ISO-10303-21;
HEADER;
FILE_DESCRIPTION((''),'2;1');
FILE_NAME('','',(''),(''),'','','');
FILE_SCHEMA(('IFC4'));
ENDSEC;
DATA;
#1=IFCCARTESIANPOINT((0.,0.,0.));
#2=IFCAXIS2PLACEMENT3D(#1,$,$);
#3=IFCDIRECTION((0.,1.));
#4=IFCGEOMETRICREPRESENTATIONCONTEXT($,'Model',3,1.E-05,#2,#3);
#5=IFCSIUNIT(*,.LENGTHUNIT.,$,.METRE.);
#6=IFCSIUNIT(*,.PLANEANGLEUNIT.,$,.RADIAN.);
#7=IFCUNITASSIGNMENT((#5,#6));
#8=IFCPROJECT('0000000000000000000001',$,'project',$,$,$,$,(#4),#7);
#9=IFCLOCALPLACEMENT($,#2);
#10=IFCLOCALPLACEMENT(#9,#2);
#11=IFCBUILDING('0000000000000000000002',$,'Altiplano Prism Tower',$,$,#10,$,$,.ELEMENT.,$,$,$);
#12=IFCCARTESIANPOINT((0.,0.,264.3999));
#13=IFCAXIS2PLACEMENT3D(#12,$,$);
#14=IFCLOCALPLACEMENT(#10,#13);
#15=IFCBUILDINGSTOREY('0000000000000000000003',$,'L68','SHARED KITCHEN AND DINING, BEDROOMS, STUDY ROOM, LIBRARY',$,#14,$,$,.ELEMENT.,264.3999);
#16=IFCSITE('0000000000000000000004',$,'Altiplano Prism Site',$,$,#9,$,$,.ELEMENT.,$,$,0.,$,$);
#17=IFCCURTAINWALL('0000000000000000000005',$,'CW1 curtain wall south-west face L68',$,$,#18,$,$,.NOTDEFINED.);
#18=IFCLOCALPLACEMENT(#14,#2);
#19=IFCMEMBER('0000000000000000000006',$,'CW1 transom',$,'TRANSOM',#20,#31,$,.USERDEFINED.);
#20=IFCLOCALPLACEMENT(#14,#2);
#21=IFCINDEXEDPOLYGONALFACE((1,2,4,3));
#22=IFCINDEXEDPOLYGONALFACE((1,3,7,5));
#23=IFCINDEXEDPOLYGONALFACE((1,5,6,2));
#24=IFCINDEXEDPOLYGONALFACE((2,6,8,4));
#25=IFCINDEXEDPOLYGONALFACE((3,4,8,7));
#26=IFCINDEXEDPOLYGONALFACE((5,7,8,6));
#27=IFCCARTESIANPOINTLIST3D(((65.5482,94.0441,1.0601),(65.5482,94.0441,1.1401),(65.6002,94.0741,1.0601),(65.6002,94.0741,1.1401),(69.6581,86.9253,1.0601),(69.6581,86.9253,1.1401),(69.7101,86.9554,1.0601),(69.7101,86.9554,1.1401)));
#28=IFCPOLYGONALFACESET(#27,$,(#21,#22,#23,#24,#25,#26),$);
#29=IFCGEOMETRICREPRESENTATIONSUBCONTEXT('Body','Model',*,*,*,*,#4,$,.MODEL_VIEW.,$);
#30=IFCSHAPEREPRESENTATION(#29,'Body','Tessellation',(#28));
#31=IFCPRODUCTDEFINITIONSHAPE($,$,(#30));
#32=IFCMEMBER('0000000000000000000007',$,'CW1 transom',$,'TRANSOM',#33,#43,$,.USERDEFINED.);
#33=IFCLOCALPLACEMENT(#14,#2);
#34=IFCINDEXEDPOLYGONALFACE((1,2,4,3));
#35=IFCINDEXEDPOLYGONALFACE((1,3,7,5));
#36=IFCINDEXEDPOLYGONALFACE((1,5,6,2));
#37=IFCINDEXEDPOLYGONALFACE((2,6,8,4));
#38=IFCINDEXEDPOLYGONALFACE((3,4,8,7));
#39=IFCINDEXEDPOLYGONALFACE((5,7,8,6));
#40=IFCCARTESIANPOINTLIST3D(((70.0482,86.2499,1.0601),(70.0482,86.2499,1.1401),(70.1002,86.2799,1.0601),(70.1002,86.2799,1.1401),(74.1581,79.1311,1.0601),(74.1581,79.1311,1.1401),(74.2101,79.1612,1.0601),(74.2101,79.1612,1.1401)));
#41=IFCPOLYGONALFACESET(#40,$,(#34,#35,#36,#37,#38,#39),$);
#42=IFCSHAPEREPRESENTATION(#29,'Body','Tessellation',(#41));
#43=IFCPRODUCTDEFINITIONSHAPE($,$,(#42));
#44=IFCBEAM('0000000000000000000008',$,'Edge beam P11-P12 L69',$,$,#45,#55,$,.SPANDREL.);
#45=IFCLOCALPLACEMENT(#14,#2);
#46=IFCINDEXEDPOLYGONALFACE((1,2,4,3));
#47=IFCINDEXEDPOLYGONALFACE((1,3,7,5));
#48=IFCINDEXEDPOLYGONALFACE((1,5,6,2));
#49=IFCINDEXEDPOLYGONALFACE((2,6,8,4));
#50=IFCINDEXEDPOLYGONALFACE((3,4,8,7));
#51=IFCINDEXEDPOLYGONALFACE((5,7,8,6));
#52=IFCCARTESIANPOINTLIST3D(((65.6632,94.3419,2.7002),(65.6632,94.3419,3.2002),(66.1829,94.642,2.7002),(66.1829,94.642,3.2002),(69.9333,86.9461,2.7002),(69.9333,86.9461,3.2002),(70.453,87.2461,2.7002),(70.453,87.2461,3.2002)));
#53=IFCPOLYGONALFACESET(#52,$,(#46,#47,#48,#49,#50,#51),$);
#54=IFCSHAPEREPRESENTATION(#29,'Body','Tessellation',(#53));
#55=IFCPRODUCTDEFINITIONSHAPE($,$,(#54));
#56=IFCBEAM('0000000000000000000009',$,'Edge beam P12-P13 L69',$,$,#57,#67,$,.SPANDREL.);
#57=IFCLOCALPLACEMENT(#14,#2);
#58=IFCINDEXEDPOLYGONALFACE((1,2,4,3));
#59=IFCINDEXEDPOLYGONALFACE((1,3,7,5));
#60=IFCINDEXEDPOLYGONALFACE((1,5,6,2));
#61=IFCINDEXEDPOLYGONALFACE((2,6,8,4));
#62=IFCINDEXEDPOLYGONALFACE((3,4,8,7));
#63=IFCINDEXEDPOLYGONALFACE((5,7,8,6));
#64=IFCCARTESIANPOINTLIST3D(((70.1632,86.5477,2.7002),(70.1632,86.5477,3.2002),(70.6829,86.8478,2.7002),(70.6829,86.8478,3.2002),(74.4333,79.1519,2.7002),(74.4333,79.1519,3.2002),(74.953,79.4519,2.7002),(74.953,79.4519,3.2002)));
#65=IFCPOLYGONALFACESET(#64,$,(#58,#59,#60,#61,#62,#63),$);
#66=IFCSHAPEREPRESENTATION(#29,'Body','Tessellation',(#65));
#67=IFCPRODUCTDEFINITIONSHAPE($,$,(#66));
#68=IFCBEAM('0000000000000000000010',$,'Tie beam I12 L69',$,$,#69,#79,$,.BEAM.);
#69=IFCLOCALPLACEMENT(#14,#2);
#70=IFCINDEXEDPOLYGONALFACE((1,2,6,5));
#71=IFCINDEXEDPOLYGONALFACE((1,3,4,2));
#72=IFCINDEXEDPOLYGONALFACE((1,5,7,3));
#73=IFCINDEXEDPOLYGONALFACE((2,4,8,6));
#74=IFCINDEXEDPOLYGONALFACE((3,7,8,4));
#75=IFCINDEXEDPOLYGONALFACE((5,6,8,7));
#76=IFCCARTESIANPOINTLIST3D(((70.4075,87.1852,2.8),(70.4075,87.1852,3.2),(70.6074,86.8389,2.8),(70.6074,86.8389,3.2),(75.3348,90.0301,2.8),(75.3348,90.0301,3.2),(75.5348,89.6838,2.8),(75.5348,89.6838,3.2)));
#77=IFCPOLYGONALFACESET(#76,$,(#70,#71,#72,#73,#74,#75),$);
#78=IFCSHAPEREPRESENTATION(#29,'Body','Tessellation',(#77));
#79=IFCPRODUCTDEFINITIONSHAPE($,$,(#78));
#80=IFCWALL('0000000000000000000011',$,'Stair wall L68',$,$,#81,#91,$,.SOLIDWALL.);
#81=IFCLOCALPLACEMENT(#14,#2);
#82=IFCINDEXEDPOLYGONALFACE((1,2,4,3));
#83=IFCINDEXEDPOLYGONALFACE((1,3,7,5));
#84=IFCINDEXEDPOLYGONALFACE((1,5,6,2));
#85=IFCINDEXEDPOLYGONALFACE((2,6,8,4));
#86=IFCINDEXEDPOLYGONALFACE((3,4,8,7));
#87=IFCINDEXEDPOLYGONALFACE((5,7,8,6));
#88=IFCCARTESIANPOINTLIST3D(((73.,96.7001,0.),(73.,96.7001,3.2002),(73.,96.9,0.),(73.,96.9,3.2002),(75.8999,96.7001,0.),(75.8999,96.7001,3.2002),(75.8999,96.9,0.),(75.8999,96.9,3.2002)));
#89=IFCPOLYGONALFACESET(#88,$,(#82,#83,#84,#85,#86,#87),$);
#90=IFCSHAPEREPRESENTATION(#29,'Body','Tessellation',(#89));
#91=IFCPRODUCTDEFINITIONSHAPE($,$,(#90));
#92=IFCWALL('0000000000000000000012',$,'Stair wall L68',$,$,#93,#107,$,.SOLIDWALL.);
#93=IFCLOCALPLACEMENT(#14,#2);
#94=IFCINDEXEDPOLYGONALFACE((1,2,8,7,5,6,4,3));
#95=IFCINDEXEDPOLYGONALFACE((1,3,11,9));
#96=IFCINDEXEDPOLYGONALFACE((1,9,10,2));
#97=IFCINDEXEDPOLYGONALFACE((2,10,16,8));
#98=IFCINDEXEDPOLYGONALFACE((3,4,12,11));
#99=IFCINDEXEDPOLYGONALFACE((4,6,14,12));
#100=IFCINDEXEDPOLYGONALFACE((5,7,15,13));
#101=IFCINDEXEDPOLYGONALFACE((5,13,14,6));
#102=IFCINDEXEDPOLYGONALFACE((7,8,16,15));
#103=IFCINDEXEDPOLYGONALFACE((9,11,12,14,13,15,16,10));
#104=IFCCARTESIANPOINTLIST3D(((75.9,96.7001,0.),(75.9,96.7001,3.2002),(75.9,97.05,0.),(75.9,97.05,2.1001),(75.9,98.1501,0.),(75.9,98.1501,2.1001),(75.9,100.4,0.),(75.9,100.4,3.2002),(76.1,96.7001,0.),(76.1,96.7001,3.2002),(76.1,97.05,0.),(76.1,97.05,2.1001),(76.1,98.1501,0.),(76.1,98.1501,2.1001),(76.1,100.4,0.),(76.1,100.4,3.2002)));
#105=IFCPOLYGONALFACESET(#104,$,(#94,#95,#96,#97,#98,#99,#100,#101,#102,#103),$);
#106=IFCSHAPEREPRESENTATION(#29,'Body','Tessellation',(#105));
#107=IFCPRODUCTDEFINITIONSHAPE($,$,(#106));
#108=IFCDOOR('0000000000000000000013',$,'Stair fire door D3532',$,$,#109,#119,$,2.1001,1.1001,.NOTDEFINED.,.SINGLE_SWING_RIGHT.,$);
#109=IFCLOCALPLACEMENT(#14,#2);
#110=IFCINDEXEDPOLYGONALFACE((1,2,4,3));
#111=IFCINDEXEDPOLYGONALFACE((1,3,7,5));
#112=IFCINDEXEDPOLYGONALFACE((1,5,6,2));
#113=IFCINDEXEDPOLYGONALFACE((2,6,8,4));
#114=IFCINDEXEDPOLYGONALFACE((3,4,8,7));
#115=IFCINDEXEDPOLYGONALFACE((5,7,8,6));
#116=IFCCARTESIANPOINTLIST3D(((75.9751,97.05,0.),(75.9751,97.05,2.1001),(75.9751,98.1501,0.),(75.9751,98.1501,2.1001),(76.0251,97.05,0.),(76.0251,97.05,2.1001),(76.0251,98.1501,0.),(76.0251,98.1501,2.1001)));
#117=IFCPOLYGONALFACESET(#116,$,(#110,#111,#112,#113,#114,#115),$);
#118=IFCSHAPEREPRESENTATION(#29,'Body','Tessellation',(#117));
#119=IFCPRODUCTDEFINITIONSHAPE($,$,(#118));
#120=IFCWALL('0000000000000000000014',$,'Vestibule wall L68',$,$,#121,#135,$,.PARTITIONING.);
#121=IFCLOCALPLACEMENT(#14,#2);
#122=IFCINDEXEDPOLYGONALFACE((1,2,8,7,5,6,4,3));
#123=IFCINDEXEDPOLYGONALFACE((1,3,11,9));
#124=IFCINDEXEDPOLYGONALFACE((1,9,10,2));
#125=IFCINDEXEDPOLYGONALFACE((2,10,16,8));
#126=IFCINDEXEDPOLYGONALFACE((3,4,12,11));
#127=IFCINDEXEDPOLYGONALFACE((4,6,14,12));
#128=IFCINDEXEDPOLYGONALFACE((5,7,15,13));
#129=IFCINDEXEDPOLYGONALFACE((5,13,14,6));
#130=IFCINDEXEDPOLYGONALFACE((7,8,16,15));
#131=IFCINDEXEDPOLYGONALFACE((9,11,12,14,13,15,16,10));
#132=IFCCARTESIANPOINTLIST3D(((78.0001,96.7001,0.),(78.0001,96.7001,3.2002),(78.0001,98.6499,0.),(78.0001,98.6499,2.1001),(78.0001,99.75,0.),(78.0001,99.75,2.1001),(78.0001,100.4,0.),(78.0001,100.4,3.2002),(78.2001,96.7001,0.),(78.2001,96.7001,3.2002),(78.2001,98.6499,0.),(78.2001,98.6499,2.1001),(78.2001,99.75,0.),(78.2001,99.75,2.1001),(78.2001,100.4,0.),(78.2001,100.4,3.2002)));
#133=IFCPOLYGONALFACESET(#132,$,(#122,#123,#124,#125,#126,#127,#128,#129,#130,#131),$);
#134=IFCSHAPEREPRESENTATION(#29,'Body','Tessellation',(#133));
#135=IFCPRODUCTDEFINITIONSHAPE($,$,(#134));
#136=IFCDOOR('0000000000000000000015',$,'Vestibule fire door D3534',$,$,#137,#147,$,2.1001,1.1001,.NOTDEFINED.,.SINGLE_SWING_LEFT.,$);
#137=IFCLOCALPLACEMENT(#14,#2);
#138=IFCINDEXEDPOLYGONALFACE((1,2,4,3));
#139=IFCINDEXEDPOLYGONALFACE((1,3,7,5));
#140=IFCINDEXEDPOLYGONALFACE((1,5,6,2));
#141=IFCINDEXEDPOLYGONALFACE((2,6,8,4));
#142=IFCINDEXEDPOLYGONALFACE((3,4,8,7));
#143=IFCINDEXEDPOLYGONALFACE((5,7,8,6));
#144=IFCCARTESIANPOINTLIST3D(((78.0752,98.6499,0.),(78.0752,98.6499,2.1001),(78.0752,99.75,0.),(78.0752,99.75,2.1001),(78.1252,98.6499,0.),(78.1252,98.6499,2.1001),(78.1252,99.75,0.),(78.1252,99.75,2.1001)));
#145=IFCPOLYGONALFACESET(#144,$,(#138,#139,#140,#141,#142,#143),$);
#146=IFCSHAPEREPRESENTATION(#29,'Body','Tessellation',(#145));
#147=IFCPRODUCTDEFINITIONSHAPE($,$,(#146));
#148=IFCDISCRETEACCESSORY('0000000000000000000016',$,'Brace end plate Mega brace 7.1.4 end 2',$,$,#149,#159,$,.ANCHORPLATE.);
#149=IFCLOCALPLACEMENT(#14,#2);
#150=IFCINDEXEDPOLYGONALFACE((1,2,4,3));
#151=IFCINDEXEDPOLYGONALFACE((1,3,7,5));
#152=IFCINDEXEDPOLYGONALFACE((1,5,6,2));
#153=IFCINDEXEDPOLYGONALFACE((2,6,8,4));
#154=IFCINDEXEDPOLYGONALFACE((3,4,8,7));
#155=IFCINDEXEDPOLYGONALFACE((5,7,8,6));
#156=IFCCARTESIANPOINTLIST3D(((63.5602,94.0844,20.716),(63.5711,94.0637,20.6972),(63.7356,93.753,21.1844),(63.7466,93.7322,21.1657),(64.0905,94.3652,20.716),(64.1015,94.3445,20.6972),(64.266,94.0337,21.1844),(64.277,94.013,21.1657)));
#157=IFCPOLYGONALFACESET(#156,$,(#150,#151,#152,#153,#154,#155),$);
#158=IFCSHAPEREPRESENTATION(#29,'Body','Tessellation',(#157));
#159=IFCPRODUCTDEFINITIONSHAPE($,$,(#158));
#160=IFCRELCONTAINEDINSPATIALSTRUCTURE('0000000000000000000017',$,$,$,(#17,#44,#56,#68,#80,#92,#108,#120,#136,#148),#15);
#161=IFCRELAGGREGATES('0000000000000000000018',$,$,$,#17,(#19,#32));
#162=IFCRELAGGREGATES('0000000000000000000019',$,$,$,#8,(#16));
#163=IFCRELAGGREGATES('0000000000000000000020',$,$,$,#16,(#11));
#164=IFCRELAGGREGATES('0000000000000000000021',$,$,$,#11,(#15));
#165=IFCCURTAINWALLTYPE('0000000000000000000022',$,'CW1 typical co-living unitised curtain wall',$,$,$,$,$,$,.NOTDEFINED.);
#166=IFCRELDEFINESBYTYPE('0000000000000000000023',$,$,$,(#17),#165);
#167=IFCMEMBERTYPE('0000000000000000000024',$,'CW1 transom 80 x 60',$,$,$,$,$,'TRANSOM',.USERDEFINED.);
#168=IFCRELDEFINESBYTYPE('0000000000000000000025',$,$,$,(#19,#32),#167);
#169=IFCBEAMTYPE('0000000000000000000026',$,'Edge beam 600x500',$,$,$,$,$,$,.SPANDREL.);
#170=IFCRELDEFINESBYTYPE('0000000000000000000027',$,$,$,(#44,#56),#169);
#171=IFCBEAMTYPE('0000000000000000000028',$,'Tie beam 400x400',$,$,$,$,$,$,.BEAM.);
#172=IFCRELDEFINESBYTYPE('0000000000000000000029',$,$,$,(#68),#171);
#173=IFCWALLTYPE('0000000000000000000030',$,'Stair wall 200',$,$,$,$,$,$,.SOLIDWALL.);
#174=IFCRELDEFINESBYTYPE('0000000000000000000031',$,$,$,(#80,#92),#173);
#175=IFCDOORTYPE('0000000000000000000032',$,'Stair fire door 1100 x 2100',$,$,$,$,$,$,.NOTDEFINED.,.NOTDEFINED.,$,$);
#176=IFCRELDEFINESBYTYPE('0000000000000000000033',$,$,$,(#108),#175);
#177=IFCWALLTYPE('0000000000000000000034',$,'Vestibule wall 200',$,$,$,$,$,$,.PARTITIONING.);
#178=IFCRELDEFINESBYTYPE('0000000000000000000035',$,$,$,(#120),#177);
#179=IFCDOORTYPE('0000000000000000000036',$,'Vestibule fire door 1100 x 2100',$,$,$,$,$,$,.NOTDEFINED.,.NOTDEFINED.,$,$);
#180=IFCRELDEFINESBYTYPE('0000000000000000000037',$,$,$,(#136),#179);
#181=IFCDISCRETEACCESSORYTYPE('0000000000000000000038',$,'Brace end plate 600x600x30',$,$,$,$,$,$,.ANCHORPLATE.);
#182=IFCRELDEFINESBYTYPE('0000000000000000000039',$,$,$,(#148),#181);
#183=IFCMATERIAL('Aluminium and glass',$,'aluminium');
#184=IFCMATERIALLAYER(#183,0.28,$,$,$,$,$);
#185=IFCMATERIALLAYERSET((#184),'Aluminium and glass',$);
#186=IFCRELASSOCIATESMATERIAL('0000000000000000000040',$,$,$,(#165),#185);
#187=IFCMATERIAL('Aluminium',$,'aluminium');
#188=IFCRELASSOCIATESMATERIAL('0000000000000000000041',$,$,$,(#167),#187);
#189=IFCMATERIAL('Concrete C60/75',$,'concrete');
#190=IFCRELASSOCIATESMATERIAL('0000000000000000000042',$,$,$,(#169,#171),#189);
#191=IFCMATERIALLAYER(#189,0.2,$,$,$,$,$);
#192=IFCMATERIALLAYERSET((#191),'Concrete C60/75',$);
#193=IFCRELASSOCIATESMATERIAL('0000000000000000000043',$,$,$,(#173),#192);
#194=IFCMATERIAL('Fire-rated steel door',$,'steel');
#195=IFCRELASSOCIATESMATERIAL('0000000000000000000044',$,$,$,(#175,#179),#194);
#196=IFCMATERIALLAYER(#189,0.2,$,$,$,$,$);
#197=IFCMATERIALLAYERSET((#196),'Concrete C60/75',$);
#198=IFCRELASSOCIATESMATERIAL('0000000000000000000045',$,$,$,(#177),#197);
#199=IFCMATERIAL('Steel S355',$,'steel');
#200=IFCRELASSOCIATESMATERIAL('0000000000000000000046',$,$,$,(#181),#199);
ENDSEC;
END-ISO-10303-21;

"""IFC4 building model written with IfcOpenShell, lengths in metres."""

from ifc_helpers import new_model, si_unit, direction, frame, frame_2d, origin, origin_2d, place, context, subcontext, project, spatial, rectangle, extrude, material, layer, layer_set, material_profile, profile_set, type_object, element, fill, aggregate, save


model = new_model("IFC4")

# Units and contexts
model_context = context("Model", 3, precision=1e-05, world=origin(), true_north=direction((0.0, 1.0)))
body_context = subcontext(model_context, "Body", "Model", "MODEL_VIEW")
ifc_project = project(units=[si_unit("LENGTHUNIT", "METRE"), si_unit("PLANEANGLEUNIT", "RADIAN")], contexts=[model_context])

# Site, building, storey
site_placement = place(None, origin())
site = spatial("IfcSite", under=ifc_project, at=site_placement, Name="Altiplano Prism Site", CompositionType="ELEMENT", RefElevation=0.0)
building_placement = place(site_placement, origin())
building = spatial("IfcBuilding", under=site, at=building_placement, Name="Altiplano Prism Tower", CompositionType="ELEMENT")
storey_placement = place(building_placement, frame((0.0, 0.0, 264.3999)))
storey = spatial("IfcBuildingStorey", under=building, at=storey_placement, Name="L68", Description="SHARED KITCHEN AND DINING, BEDROOMS, STUDY ROOM, LIBRARY", CompositionType="ELEMENT", Elevation=264.3999)

# Curtain wall, members
ifc_material_1 = material(Name="Aluminium and glass", Category="aluminium")
ifc_layer_1 = layer(ifc_material_1, 0.28)
ifc_layer_set_1 = layer_set([ifc_layer_1], Name="Aluminium and glass")
curtain_wall_type = type_object("IfcCurtainWallType", Name="CW1 typical co-living unitised curtain wall", PredefinedType="NOTDEFINED", material=ifc_layer_set_1)
curtain_wall_placement = place(storey_placement, origin())
curtain_wall = element("IfcCurtainWall", 1, at=curtain_wall_placement, inside=storey, type_object=curtain_wall_type, Name="CW1 curtain wall south-west face L68", PredefinedType="NOTDEFINED")
ifc_material_2 = material(Name="Aluminium", Category="aluminium")
ifc_material_profile_1 = material_profile(ifc_material_2, rectangle(XDim=0.0601, YDim=0.0801, at=origin_2d()), Name="CW1 transom 80 x 60")
ifc_profile_set_1 = profile_set([ifc_material_profile_1], Name="Aluminium")
member_type = type_object("IfcMemberType", Name="CW1 transom 80 x 60", ElementType="TRANSOM", PredefinedType="USERDEFINED", material=ifc_profile_set_1)
member_1_placement = place(storey_placement, frame((65.5742, 94.0591, 1.1001), z_axis=(0.499992, -0.86603, 0.0), x_axis=(0.86603, 0.499992, 0.0)))
member_1 = element("IfcMember", 2, at=member_1_placement, type_object=member_type, Name="CW1 transom", ObjectType="TRANSOM", PredefinedType="USERDEFINED", context=body_context, shape_type="SweptSolid", body=[
    extrude(rectangle(XDim=0.0601, YDim=0.0801, at=origin_2d()), origin(), (0.0, 0.0, 1.0), 8.22),
])
member_2_placement = place(storey_placement, frame((70.0742, 86.2649, 1.1001), z_axis=(0.499992, -0.86603, 0.0), x_axis=(0.86603, 0.499992, 0.0)))
member_2 = element("IfcMember", 3, at=member_2_placement, type_object=member_type, Name="CW1 transom", ObjectType="TRANSOM", PredefinedType="USERDEFINED", context=body_context, shape_type="SweptSolid", body=[
    extrude(rectangle(XDim=0.0601, YDim=0.0801, at=origin_2d()), origin(), (0.0, 0.0, 1.0), 8.22),
])
aggregate(curtain_wall, [member_1, member_2])

# Beams
ifc_material_3 = material(Name="Concrete C60/75", Category="concrete")
ifc_material_profile_2 = material_profile(ifc_material_3, rectangle(XDim=0.6001, YDim=0.5, at=origin_2d()), Name="Edge beam 600x500")
ifc_profile_set_2 = profile_set([ifc_material_profile_2], Name="Concrete C60/75")
beam_type_1 = type_object("IfcBeamType", Name="Edge beam 600x500", PredefinedType="SPANDREL", material=ifc_profile_set_2)
for number, where, z_axis, x_axis, name in (
    (4, (65.9231, 94.4919, 2.9502), (0.500007, -0.866021, 0.0), (0.866021, 0.500007, 0.0), "Edge beam P11-P12 L69"),
    (5, (70.4231, 86.6978, 2.9502), (0.500007, -0.866021, 0.0), (0.866021, 0.500007, 0.0), "Edge beam P12-P13 L69"),
):
    element("IfcBeam", number, at=place(storey_placement, frame(where, z_axis=z_axis, x_axis=x_axis)), inside=storey, type_object=beam_type_1, Name=name, PredefinedType="SPANDREL", context=body_context, shape_type="SweptSolid", body=[
        extrude(rectangle(XDim=0.6001, YDim=0.5, at=origin_2d()), origin(), (0.0, 0.0, 1.0), 8.54),
    ])
ifc_material_profile_3 = material_profile(ifc_material_3, rectangle(XDim=0.3999, YDim=0.3999, at=origin_2d()), Name="Tie beam 400x400")
ifc_profile_set_3 = profile_set([ifc_material_profile_3], Name="Concrete C60/75")
beam_type_2 = type_object("IfcBeamType", Name="Tie beam 400x400", PredefinedType="BEAM", material=ifc_profile_set_3)
beam_placement = place(storey_placement, frame((75.4348, 89.8569, 3.0), z_axis=(-0.866019, -0.500011, 0.0), x_axis=(0.500011, -0.866019, 0.0)))
element("IfcBeam", 6, at=beam_placement, inside=storey, type_object=beam_type_2, Name="Tie beam I12 L69", PredefinedType="BEAM", context=body_context, shape_type="SweptSolid", body=[
    extrude(rectangle(XDim=0.3999, YDim=0.3999, at=origin_2d()), origin(), (0.0, 0.0, 1.0), 5.6897),
])

# Wall
ifc_layer_2 = layer(ifc_material_3, 0.2)
ifc_layer_set_2 = layer_set([ifc_layer_2], Name="Concrete C60/75")
wall_type_1 = type_object("IfcWallType", Name="Stair wall 200", PredefinedType="SOLIDWALL", material=ifc_layer_set_2)
wall_1_placement = place(storey_placement, frame((73.0, 96.8, 0.0), z_axis=(0.0, 0.0, 1.0), x_axis=(1.0, 0.0, 0.0)))
element("IfcWall", 7, at=wall_1_placement, inside=storey, type_object=wall_type_1, Name="Stair wall L68", PredefinedType="SOLIDWALL", context=body_context, shape_type="SweptSolid", body=[
    extrude(rectangle(XDim=2.8999, YDim=0.2, at=frame_2d((1.45, 0.0))), origin(), (0.0, 0.0, 1.0), 3.2002),
])

# Walls, openings, doors
wall_2_placement = place(storey_placement, frame((76.0, 96.7, 0.0), z_axis=(0.0, 0.0, 1.0), x_axis=(0.0, 1.0, 0.0)))
wall_2 = element("IfcWall", 8, at=wall_2_placement, inside=storey, type_object=wall_type_1, Name="Stair wall L68", PredefinedType="SOLIDWALL", context=body_context, shape_type="SweptSolid", body=[
    extrude(rectangle(XDim=3.7, YDim=0.2, at=frame_2d((1.8501, 0.0))), origin(), (0.0, 0.0, 1.0), 3.2002),
])
opening_1_placement = place(wall_2_placement, frame((0.3501, 0.0, 0.0)))
opening_1 = element("IfcOpeningElement", 9, at=opening_1_placement, cuts=wall_2, PredefinedType="OPENING", context=body_context, shape_type="SweptSolid", body=[
    extrude(rectangle(XDim=1.1001, YDim=2.1001, at=frame_2d((0.55, 1.05))), frame((0.0, 0.1104, 0.0), z_axis=(0.0, -1.0, 0.0), x_axis=(1.0, 0.0, 0.0)), (0.0, 0.0, 1.0), 0.2209),
])
ifc_material_4 = material(Name="Fire-rated steel door", Category="steel")
door_type_1 = type_object("IfcDoorType", Name="Stair fire door 1100 x 2100", OperationType="NOTDEFINED", PredefinedType="NOTDEFINED", material=ifc_material_4)
door_1_placement = place(opening_1_placement, origin())
door_1 = element("IfcDoor", 10, at=door_1_placement, inside=storey, type_object=door_type_1, Name="Stair fire door D3532", OperationType="SINGLE_SWING_RIGHT", OverallHeight=2.1001, OverallWidth=1.1001, PredefinedType="NOTDEFINED", context=body_context, shape_type="SweptSolid", body=[
    extrude(rectangle(XDim=1.1001, YDim=2.1001, at=frame_2d((0.55, 1.05))), frame((0.0, 0.0249, 0.0), z_axis=(0.0, -1.0, 0.0), x_axis=(1.0, 0.0, 0.0)), (0.0, 0.0, 1.0), 0.05),
])
fill(opening_1, door_1)
ifc_layer_3 = layer(ifc_material_3, 0.2)
ifc_layer_set_3 = layer_set([ifc_layer_3], Name="Concrete C60/75")
wall_type_2 = type_object("IfcWallType", Name="Vestibule wall 200", PredefinedType="PARTITIONING", material=ifc_layer_set_3)
wall_3_placement = place(storey_placement, frame((78.1001, 96.7, 0.0), z_axis=(0.0, 0.0, 1.0), x_axis=(0.0, 1.0, 0.0)))
wall_3 = element("IfcWall", 11, at=wall_3_placement, inside=storey, type_object=wall_type_2, Name="Vestibule wall L68", PredefinedType="PARTITIONING", context=body_context, shape_type="SweptSolid", body=[
    extrude(rectangle(XDim=3.7, YDim=0.2, at=frame_2d((1.8501, 0.0))), origin(), (0.0, 0.0, 1.0), 3.2002),
])
opening_2_placement = place(wall_3_placement, frame((1.95, 0.0, 0.0)))
opening_2 = element("IfcOpeningElement", 12, at=opening_2_placement, cuts=wall_3, PredefinedType="OPENING", context=body_context, shape_type="SweptSolid", body=[
    extrude(rectangle(XDim=1.1001, YDim=2.1001, at=frame_2d((0.55, 1.05))), frame((0.0, 0.1104, 0.0), z_axis=(0.0, -1.0, 0.0), x_axis=(1.0, 0.0, 0.0)), (0.0, 0.0, 1.0), 0.2209),
])
door_type_2 = type_object("IfcDoorType", Name="Vestibule fire door 1100 x 2100", OperationType="NOTDEFINED", PredefinedType="NOTDEFINED", material=ifc_material_4)
door_2_placement = place(opening_2_placement, origin())
door_2 = element("IfcDoor", 13, at=door_2_placement, inside=storey, type_object=door_type_2, Name="Vestibule fire door D3534", OperationType="SINGLE_SWING_LEFT", OverallHeight=2.1001, OverallWidth=1.1001, PredefinedType="NOTDEFINED", context=body_context, shape_type="SweptSolid", body=[
    extrude(rectangle(XDim=1.1001, YDim=2.1001, at=frame_2d((0.55, 1.05))), frame((0.0, 0.0249, 0.0), z_axis=(0.0, -1.0, 0.0), x_axis=(1.0, 0.0, 0.0)), (0.0, 0.0, 1.0), 0.05),
])
fill(opening_2, door_2)

# Discrete accessory
ifc_material_5 = material(Name="Steel S355", Category="steel")
ifc_material_profile_4 = material_profile(ifc_material_5, rectangle(XDim=0.6001, YDim=0.6001, at=origin_2d()), Name="Brace end plate 600x600x30")
ifc_profile_set_4 = profile_set([ifc_material_profile_4], Name="Steel S355")
discrete_accessory_type = type_object("IfcDiscreteAccessoryType", Name="Brace end plate 600x600x30", PredefinedType="ANCHORPLATE", material=ifc_profile_set_4)
discrete_accessory_placement = place(storey_placement, frame((63.9131, 94.0591, 20.9502), z_axis=(0.365251, -0.689918, -0.624984), x_axis=(0.883788, 0.467888, 0.0)))
element("IfcDiscreteAccessory", 14, at=discrete_accessory_placement, inside=storey, type_object=discrete_accessory_type, Name="Brace end plate Mega brace 7.1.4 end 2", PredefinedType="ANCHORPLATE", context=body_context, shape_type="SweptSolid", body=[
    extrude(rectangle(XDim=0.6001, YDim=0.6001, at=origin_2d()), origin(), (0.0, 0.0, 1.0), 0.03),
])

save(model, "model.ifc")
